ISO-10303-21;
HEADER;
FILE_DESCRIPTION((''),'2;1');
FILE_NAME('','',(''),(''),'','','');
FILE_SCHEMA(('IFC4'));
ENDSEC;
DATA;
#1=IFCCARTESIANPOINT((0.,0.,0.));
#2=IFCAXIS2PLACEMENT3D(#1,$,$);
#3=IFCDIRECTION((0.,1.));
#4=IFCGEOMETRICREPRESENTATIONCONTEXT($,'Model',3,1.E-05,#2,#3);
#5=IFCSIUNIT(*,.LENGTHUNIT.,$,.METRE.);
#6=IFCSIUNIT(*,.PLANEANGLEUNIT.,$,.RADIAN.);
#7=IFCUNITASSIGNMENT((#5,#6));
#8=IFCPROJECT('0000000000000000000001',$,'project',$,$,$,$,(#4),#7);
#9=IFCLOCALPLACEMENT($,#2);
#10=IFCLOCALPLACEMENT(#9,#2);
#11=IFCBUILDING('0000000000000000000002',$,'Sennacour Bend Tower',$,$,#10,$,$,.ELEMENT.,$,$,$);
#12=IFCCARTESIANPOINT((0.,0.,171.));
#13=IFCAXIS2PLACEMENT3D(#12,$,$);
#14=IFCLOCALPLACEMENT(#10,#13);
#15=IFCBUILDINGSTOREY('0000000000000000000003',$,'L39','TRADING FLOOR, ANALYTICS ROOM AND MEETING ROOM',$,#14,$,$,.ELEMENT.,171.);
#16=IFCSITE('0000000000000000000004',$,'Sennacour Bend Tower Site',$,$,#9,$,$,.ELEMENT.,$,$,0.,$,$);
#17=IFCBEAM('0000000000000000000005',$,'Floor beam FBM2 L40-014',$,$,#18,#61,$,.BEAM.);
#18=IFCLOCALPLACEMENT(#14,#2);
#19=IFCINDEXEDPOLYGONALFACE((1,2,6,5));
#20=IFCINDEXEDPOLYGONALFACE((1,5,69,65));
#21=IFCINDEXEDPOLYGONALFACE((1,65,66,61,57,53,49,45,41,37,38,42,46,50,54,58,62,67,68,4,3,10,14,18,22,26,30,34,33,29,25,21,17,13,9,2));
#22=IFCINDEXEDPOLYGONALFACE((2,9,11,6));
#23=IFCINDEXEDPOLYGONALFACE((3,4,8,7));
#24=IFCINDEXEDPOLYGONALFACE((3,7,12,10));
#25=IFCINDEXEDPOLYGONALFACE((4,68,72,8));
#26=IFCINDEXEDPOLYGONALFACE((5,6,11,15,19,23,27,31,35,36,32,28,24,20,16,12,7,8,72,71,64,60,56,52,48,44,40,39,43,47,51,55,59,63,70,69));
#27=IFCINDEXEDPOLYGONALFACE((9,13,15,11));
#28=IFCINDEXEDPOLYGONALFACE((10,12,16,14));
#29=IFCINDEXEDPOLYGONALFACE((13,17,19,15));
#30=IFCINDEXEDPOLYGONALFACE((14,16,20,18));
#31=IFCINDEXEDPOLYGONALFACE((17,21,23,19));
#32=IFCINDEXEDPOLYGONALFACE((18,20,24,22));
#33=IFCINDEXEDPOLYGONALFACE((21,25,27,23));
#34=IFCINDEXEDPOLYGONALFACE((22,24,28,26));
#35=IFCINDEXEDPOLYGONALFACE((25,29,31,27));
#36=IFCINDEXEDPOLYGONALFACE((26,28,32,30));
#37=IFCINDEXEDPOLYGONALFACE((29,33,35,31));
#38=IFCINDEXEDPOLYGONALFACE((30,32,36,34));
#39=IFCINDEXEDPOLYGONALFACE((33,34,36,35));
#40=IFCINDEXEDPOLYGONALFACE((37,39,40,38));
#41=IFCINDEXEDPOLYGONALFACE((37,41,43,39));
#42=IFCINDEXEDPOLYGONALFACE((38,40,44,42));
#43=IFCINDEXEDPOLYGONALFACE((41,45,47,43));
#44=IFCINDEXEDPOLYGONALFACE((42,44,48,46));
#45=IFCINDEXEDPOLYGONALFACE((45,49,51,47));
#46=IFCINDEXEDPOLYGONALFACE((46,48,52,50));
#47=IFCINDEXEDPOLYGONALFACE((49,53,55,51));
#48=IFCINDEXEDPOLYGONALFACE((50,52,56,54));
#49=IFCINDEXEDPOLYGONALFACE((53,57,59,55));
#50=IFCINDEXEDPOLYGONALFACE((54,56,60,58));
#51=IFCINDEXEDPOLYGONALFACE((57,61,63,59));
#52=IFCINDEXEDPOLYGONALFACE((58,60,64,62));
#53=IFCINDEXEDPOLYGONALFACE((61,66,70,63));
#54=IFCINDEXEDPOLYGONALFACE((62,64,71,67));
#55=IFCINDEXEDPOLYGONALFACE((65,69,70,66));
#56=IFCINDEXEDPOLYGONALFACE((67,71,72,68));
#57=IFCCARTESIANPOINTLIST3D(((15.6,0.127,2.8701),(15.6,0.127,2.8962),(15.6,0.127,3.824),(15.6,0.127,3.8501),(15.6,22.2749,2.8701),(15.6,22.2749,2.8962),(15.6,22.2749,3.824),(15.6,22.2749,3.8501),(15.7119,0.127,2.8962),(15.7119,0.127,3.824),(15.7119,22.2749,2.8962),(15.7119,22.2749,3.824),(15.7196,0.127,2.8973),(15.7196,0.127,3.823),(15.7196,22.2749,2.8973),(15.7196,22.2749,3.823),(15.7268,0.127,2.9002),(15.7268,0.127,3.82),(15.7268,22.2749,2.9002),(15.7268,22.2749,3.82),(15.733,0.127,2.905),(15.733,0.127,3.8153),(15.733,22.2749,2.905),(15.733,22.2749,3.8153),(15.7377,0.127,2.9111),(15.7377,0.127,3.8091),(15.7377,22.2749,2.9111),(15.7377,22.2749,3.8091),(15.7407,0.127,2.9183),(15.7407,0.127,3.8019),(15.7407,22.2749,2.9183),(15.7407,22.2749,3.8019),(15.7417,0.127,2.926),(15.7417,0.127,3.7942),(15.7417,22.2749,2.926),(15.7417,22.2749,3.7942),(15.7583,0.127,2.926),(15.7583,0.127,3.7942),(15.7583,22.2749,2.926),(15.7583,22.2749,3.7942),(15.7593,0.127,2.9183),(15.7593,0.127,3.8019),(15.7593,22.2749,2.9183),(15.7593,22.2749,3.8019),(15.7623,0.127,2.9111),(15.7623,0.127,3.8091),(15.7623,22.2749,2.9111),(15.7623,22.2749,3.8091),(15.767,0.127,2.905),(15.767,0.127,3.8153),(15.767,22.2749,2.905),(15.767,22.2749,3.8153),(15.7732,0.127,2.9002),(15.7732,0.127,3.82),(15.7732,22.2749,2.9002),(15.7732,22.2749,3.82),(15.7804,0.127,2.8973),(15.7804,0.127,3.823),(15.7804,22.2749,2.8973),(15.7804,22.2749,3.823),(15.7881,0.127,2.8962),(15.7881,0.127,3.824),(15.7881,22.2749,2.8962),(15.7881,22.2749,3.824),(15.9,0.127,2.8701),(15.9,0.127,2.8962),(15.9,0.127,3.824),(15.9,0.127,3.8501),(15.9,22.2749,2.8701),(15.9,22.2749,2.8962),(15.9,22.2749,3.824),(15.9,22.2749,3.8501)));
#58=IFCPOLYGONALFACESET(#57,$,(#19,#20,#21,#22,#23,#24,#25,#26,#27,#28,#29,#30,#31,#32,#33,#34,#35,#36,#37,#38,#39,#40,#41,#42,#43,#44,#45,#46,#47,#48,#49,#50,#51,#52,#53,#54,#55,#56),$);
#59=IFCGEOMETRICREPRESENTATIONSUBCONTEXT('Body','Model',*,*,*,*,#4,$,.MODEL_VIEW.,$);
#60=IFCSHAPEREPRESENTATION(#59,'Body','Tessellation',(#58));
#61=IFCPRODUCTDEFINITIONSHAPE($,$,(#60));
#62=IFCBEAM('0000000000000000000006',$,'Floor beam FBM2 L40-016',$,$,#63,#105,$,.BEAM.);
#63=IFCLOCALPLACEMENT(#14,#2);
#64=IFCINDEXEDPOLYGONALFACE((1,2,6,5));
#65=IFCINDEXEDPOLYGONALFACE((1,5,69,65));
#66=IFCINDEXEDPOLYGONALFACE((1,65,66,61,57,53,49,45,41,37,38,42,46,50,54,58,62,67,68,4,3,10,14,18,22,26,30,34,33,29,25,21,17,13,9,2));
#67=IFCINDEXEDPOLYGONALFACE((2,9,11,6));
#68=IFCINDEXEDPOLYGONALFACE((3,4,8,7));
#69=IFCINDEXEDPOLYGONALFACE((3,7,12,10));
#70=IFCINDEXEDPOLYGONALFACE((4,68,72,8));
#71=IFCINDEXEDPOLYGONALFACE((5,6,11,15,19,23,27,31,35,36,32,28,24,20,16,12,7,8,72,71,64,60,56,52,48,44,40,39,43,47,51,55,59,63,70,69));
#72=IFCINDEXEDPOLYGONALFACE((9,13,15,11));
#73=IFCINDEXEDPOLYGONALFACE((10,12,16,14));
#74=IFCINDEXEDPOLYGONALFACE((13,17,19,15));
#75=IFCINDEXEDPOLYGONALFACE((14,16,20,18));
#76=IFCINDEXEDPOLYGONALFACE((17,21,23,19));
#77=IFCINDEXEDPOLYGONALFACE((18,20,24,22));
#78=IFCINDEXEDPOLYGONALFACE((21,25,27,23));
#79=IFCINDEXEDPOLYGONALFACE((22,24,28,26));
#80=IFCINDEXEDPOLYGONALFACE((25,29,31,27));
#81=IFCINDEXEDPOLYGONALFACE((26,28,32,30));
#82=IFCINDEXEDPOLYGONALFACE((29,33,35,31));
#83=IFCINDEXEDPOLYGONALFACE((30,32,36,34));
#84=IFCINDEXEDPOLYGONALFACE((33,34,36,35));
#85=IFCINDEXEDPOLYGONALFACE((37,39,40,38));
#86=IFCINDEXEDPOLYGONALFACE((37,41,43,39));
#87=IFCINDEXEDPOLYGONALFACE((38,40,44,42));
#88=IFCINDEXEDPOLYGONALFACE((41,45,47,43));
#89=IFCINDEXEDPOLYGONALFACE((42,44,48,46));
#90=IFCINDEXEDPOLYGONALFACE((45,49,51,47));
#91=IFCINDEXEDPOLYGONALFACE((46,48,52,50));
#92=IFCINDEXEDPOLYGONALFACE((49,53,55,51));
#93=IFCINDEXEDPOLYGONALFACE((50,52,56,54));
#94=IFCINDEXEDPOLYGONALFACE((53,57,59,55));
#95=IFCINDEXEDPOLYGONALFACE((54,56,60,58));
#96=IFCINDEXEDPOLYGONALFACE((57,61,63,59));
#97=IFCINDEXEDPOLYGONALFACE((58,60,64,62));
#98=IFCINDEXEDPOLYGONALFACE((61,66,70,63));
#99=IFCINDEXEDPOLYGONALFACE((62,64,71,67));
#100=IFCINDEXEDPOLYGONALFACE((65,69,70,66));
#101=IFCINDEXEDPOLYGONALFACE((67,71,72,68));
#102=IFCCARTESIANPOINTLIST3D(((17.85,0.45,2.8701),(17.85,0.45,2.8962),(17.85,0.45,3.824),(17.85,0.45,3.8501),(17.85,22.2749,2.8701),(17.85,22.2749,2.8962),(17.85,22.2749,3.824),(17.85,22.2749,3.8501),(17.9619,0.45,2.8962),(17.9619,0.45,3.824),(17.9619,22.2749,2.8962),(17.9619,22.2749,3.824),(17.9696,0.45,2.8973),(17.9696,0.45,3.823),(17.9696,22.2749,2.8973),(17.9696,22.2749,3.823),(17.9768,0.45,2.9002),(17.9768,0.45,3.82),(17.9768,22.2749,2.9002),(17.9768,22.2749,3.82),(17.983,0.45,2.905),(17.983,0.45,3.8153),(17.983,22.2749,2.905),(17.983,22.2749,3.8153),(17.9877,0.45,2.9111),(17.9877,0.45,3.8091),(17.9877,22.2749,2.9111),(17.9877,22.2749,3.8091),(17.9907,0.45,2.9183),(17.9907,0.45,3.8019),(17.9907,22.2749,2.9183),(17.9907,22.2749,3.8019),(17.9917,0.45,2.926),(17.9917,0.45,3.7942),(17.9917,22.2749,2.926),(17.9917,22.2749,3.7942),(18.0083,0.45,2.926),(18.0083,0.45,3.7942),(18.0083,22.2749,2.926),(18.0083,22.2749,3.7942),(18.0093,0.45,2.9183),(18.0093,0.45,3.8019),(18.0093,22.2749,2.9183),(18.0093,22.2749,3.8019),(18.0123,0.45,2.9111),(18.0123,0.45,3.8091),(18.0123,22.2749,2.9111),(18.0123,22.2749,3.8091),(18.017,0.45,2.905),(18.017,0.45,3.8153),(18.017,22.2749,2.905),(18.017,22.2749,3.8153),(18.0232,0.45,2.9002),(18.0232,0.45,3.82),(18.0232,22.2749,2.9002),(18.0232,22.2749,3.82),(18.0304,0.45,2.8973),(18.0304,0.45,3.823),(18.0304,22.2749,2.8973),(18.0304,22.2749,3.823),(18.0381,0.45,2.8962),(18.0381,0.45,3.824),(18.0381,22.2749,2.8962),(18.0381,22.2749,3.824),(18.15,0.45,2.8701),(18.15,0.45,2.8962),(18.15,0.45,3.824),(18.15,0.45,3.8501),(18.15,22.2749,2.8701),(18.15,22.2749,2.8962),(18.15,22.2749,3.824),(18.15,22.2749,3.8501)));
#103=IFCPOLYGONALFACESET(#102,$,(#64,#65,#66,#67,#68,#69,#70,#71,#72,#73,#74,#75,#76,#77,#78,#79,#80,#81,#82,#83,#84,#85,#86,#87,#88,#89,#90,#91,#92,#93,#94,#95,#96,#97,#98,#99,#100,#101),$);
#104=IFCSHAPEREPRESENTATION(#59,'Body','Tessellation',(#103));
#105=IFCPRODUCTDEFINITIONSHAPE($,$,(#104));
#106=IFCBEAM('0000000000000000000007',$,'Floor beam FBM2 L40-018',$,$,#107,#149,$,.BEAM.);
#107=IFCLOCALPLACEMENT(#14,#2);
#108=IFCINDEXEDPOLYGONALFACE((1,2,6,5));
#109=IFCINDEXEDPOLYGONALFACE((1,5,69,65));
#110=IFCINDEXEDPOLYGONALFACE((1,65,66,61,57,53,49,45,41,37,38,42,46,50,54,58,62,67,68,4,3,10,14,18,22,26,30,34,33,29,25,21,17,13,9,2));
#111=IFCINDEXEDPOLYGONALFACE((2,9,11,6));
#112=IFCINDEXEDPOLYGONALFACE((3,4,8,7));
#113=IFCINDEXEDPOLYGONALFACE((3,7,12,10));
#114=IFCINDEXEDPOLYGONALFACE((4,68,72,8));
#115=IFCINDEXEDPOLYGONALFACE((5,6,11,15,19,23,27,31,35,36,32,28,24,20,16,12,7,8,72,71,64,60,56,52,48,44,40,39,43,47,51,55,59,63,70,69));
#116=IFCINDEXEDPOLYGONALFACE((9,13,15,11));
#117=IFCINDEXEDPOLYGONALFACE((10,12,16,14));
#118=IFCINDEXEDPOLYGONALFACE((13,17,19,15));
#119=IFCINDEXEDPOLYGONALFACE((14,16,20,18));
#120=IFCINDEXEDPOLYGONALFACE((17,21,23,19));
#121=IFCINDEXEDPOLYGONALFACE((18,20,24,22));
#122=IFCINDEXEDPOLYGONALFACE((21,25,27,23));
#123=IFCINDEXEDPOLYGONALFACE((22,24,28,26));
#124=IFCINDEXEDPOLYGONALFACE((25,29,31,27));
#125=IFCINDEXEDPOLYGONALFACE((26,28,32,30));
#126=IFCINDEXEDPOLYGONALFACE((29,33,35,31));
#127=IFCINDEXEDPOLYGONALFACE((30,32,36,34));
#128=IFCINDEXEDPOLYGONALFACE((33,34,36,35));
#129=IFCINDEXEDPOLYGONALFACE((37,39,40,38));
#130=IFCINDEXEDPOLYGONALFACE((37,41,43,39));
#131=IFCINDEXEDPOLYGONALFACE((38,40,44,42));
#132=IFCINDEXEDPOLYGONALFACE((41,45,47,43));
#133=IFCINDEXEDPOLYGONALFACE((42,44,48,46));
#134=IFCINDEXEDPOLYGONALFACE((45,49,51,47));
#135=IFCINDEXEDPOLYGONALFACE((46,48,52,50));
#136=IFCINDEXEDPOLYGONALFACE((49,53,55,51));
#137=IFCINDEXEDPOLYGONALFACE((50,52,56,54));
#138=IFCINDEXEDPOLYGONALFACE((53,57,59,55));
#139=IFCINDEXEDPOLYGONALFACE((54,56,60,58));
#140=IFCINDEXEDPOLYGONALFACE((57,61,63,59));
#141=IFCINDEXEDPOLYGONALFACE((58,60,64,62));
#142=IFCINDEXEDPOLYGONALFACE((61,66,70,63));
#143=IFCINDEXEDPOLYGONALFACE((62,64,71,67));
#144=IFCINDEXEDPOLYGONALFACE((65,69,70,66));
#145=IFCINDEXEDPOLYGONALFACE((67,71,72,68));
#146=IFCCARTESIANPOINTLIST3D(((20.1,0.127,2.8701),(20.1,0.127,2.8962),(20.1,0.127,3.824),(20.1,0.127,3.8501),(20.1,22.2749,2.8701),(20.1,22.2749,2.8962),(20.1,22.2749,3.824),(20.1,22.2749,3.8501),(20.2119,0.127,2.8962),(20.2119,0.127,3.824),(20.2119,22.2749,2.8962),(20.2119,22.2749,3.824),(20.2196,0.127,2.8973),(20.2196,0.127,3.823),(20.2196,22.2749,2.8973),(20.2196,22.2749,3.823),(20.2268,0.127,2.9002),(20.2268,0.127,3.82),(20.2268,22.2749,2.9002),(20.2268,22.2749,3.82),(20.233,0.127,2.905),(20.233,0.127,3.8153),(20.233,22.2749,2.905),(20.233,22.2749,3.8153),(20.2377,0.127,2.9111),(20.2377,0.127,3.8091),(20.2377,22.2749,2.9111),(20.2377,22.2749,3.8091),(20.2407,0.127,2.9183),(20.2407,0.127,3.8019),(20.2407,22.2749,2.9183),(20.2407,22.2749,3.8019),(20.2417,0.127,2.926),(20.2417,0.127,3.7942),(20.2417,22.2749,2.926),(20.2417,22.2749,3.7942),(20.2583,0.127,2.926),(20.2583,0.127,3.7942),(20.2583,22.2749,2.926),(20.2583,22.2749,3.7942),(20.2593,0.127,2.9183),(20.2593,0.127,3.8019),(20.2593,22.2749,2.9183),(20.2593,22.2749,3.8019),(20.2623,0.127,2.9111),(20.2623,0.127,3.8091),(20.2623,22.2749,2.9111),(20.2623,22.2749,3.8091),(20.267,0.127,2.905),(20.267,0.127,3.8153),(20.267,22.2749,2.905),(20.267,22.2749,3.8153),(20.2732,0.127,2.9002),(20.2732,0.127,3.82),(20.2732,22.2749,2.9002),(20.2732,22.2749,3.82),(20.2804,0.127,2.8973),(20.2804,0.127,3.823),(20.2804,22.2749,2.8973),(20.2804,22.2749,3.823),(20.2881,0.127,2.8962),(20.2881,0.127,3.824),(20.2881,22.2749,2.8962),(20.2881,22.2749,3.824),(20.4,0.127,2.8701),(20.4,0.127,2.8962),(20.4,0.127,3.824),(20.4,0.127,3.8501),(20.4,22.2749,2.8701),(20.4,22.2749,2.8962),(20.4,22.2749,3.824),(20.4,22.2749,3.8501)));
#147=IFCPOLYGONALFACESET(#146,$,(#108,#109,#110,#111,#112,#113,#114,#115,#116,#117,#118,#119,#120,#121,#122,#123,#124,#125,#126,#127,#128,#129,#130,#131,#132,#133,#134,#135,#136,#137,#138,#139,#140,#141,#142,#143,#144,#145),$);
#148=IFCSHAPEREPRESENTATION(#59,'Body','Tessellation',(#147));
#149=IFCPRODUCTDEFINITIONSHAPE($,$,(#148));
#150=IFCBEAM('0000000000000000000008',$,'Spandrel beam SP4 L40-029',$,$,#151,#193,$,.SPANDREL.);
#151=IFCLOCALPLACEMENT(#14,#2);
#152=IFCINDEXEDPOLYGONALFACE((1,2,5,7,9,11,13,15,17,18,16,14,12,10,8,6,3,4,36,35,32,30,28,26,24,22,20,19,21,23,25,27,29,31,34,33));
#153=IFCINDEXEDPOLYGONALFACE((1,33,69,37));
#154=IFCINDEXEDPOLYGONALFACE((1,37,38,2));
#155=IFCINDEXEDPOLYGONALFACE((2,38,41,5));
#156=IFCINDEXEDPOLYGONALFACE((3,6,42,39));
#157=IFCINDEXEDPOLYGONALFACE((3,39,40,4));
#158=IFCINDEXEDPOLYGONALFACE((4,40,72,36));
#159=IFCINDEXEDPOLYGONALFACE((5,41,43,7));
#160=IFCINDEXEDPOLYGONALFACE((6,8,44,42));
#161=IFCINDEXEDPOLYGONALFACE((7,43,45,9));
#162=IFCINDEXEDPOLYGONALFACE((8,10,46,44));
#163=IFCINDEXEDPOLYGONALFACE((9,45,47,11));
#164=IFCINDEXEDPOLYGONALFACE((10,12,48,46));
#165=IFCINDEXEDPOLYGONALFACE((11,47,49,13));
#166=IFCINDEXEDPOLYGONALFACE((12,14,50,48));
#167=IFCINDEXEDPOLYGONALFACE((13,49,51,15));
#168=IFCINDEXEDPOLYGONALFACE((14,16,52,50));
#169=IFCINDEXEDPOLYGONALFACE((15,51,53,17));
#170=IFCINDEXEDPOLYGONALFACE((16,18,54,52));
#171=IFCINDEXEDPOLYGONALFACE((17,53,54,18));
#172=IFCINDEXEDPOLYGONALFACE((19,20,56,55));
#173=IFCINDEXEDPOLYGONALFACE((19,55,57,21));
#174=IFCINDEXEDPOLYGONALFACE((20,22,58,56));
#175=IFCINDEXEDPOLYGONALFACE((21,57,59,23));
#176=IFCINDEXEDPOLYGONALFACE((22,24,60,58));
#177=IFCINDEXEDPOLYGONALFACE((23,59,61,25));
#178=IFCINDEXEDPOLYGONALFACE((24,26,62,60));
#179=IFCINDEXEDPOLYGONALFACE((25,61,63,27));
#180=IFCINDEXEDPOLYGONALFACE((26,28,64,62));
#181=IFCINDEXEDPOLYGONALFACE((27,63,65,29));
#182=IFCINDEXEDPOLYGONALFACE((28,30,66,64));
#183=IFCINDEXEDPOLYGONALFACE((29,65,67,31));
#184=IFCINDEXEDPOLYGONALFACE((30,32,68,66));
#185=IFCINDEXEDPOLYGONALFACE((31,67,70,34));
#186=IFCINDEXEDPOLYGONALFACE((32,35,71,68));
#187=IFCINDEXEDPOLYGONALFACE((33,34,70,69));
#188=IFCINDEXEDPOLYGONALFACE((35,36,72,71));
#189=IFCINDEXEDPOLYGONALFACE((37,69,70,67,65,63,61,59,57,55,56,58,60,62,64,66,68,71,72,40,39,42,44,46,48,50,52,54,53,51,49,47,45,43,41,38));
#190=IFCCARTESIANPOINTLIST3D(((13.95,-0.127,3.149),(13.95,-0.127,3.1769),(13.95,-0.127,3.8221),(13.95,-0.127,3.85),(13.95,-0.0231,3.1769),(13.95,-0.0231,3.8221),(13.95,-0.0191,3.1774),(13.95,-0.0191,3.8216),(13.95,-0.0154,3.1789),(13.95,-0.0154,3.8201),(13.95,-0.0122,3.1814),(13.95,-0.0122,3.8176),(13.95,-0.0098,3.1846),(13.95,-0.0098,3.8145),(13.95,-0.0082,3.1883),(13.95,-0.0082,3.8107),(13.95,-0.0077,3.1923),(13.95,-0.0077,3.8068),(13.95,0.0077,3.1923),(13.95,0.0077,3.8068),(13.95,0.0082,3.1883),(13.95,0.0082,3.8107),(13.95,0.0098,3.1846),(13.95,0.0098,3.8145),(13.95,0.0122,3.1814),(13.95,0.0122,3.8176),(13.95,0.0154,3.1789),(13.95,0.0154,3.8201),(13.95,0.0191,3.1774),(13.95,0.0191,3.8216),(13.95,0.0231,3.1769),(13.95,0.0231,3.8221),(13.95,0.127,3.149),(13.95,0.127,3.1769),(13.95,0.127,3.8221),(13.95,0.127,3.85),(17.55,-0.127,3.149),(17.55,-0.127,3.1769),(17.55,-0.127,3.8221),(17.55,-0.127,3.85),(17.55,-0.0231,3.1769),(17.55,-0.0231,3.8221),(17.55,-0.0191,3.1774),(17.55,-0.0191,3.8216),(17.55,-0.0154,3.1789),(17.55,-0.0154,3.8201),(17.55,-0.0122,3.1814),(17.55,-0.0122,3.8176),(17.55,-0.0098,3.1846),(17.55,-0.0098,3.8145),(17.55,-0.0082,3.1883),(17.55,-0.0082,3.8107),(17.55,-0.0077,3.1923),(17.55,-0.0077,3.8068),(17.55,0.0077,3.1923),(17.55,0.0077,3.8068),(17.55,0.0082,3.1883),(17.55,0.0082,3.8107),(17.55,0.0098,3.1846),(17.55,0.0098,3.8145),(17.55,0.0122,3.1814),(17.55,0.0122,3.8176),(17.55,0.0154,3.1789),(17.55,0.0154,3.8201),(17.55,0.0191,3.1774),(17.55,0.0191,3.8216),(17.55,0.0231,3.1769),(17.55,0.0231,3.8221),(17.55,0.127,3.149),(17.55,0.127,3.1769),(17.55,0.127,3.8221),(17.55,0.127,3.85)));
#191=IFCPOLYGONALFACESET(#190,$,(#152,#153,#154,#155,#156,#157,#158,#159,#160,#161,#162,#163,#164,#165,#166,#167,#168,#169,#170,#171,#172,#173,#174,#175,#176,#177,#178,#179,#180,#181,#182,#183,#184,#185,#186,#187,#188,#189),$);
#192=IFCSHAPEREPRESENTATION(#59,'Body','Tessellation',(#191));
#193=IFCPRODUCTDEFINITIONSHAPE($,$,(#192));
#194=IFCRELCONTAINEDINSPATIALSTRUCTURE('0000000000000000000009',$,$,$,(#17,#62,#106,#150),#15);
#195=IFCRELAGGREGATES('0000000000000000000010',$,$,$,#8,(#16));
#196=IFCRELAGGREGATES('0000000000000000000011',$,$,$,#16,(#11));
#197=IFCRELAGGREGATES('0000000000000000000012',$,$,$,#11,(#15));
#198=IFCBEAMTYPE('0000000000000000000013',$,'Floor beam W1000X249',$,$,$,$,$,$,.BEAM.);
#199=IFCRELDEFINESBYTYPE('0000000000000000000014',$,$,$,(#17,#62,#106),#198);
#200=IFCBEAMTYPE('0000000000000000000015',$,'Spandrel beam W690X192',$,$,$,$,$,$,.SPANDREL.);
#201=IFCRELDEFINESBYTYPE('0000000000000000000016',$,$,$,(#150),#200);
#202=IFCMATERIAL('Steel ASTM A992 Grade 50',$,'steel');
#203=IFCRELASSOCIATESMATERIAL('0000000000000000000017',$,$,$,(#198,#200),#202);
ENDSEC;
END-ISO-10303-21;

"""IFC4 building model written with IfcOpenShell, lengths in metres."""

from ifc_helpers import new_model, si_unit, direction, frame, origin, origin_2d, place, context, subcontext, project, spatial, i_section, extrude, material, material_profile, profile_set, type_object, element, save


model = new_model("IFC4")

# Units and contexts
model_context = context("Model", 3, precision=1e-05, world=origin(), true_north=direction((0.0, 1.0)))
body_context = subcontext(model_context, "Body", "Model", "MODEL_VIEW")
ifc_project = project(units=[si_unit("LENGTHUNIT", "METRE"), si_unit("PLANEANGLEUNIT", "RADIAN")], contexts=[model_context])

# Site, building, storey
site_placement = place(None, origin())
site = spatial("IfcSite", under=ifc_project, at=site_placement, Name="Sennacour Bend Tower Site", CompositionType="ELEMENT", RefElevation=0.0)
building_placement = place(site_placement, origin())
building = spatial("IfcBuilding", under=site, at=building_placement, Name="Sennacour Bend Tower", CompositionType="ELEMENT")
storey_placement = place(building_placement, frame((0.0, 0.0, 171.0)))
storey = spatial("IfcBuildingStorey", under=building, at=storey_placement, Name="L39", Description="TRADING FLOOR, ANALYTICS ROOM AND MEETING ROOM", CompositionType="ELEMENT", Elevation=171.0)

# Beams
ifc_material_1 = material(Name="Steel ASTM A992 Grade 50", Category="steel")
ifc_material_profile_1 = material_profile(ifc_material_1, i_section(OverallWidth=0.3, OverallDepth=0.98, WebThickness=0.0166, FlangeThickness=0.0261, FilletRadius=0.0298, at=origin_2d()), Name="Steel ASTM A992 Grade 50", Category="steel")
ifc_profile_set_1 = profile_set([ifc_material_profile_1], Name="Steel ASTM A992 Grade 50")
beam_type_1 = type_object("IfcBeamType", Name="Floor beam W1000X249", PredefinedType="BEAM", material=ifc_profile_set_1)
beam_1_placement = place(storey_placement, frame((15.75, 0.127, 3.3601), z_axis=(0.0, 1.0, 0.0), x_axis=(-1.0, 0.0, 0.0)))
element("IfcBeam", 1, at=beam_1_placement, inside=storey, type_object=beam_type_1, Name="Floor beam FBM2 L40-014", PredefinedType="BEAM", context=body_context, shape_type="SweptSolid", body=[
    extrude(i_section(OverallWidth=0.3, OverallDepth=0.98, WebThickness=0.0166, FlangeThickness=0.0261, FilletRadius=0.0298, at=origin_2d()), origin(), (0.0, 0.0, 1.0), 22.1479),
])
beam_2_placement = place(storey_placement, frame((18.0, 0.45, 3.3601), z_axis=(0.0, 1.0, 0.0), x_axis=(-1.0, 0.0, 0.0)))
element("IfcBeam", 2, at=beam_2_placement, inside=storey, type_object=beam_type_1, Name="Floor beam FBM2 L40-016", PredefinedType="BEAM", context=body_context, shape_type="SweptSolid", body=[
    extrude(i_section(OverallWidth=0.3, OverallDepth=0.98, WebThickness=0.0166, FlangeThickness=0.0261, FilletRadius=0.0298, at=origin_2d()), origin(), (0.0, 0.0, 1.0), 21.825),
])
beam_3_placement = place(storey_placement, frame((20.25, 0.127, 3.3601), z_axis=(0.0, 1.0, 0.0), x_axis=(-1.0, 0.0, 0.0)))
element("IfcBeam", 3, at=beam_3_placement, inside=storey, type_object=beam_type_1, Name="Floor beam FBM2 L40-018", PredefinedType="BEAM", context=body_context, shape_type="SweptSolid", body=[
    extrude(i_section(OverallWidth=0.3, OverallDepth=0.98, WebThickness=0.0166, FlangeThickness=0.0261, FilletRadius=0.0298, at=origin_2d()), origin(), (0.0, 0.0, 1.0), 22.1479),
])
ifc_material_profile_2 = material_profile(ifc_material_1, i_section(OverallWidth=0.2539, OverallDepth=0.7009, WebThickness=0.0154, FlangeThickness=0.0278, FilletRadius=0.0154, at=origin_2d()), Name="Steel ASTM A992 Grade 50", Category="steel")
ifc_profile_set_2 = profile_set([ifc_material_profile_2], Name="Steel ASTM A992 Grade 50")
beam_type_2 = type_object("IfcBeamType", Name="Spandrel beam W690X192", PredefinedType="SPANDREL", material=ifc_profile_set_2)
for number, where, z_axis, x_axis, name in (
    (4, (17.55, 0.0, 3.4995), (-1.0, 0.0, 0.0), (0.0, -1.0, 0.0), "Spandrel beam SP4 L40-029"),
):
    element("IfcBeam", number, at=place(storey_placement, frame(where, z_axis=z_axis, x_axis=x_axis)), inside=storey, type_object=beam_type_2, Name=name, PredefinedType="SPANDREL", context=body_context, shape_type="SweptSolid", body=[
        extrude(i_section(OverallWidth=0.2539, OverallDepth=0.7009, WebThickness=0.0154, FlangeThickness=0.0278, FilletRadius=0.0154, at=origin_2d()), origin(), (0.0, 0.0, 1.0), 3.6001),
    ])

save(model, "model.ifc")
